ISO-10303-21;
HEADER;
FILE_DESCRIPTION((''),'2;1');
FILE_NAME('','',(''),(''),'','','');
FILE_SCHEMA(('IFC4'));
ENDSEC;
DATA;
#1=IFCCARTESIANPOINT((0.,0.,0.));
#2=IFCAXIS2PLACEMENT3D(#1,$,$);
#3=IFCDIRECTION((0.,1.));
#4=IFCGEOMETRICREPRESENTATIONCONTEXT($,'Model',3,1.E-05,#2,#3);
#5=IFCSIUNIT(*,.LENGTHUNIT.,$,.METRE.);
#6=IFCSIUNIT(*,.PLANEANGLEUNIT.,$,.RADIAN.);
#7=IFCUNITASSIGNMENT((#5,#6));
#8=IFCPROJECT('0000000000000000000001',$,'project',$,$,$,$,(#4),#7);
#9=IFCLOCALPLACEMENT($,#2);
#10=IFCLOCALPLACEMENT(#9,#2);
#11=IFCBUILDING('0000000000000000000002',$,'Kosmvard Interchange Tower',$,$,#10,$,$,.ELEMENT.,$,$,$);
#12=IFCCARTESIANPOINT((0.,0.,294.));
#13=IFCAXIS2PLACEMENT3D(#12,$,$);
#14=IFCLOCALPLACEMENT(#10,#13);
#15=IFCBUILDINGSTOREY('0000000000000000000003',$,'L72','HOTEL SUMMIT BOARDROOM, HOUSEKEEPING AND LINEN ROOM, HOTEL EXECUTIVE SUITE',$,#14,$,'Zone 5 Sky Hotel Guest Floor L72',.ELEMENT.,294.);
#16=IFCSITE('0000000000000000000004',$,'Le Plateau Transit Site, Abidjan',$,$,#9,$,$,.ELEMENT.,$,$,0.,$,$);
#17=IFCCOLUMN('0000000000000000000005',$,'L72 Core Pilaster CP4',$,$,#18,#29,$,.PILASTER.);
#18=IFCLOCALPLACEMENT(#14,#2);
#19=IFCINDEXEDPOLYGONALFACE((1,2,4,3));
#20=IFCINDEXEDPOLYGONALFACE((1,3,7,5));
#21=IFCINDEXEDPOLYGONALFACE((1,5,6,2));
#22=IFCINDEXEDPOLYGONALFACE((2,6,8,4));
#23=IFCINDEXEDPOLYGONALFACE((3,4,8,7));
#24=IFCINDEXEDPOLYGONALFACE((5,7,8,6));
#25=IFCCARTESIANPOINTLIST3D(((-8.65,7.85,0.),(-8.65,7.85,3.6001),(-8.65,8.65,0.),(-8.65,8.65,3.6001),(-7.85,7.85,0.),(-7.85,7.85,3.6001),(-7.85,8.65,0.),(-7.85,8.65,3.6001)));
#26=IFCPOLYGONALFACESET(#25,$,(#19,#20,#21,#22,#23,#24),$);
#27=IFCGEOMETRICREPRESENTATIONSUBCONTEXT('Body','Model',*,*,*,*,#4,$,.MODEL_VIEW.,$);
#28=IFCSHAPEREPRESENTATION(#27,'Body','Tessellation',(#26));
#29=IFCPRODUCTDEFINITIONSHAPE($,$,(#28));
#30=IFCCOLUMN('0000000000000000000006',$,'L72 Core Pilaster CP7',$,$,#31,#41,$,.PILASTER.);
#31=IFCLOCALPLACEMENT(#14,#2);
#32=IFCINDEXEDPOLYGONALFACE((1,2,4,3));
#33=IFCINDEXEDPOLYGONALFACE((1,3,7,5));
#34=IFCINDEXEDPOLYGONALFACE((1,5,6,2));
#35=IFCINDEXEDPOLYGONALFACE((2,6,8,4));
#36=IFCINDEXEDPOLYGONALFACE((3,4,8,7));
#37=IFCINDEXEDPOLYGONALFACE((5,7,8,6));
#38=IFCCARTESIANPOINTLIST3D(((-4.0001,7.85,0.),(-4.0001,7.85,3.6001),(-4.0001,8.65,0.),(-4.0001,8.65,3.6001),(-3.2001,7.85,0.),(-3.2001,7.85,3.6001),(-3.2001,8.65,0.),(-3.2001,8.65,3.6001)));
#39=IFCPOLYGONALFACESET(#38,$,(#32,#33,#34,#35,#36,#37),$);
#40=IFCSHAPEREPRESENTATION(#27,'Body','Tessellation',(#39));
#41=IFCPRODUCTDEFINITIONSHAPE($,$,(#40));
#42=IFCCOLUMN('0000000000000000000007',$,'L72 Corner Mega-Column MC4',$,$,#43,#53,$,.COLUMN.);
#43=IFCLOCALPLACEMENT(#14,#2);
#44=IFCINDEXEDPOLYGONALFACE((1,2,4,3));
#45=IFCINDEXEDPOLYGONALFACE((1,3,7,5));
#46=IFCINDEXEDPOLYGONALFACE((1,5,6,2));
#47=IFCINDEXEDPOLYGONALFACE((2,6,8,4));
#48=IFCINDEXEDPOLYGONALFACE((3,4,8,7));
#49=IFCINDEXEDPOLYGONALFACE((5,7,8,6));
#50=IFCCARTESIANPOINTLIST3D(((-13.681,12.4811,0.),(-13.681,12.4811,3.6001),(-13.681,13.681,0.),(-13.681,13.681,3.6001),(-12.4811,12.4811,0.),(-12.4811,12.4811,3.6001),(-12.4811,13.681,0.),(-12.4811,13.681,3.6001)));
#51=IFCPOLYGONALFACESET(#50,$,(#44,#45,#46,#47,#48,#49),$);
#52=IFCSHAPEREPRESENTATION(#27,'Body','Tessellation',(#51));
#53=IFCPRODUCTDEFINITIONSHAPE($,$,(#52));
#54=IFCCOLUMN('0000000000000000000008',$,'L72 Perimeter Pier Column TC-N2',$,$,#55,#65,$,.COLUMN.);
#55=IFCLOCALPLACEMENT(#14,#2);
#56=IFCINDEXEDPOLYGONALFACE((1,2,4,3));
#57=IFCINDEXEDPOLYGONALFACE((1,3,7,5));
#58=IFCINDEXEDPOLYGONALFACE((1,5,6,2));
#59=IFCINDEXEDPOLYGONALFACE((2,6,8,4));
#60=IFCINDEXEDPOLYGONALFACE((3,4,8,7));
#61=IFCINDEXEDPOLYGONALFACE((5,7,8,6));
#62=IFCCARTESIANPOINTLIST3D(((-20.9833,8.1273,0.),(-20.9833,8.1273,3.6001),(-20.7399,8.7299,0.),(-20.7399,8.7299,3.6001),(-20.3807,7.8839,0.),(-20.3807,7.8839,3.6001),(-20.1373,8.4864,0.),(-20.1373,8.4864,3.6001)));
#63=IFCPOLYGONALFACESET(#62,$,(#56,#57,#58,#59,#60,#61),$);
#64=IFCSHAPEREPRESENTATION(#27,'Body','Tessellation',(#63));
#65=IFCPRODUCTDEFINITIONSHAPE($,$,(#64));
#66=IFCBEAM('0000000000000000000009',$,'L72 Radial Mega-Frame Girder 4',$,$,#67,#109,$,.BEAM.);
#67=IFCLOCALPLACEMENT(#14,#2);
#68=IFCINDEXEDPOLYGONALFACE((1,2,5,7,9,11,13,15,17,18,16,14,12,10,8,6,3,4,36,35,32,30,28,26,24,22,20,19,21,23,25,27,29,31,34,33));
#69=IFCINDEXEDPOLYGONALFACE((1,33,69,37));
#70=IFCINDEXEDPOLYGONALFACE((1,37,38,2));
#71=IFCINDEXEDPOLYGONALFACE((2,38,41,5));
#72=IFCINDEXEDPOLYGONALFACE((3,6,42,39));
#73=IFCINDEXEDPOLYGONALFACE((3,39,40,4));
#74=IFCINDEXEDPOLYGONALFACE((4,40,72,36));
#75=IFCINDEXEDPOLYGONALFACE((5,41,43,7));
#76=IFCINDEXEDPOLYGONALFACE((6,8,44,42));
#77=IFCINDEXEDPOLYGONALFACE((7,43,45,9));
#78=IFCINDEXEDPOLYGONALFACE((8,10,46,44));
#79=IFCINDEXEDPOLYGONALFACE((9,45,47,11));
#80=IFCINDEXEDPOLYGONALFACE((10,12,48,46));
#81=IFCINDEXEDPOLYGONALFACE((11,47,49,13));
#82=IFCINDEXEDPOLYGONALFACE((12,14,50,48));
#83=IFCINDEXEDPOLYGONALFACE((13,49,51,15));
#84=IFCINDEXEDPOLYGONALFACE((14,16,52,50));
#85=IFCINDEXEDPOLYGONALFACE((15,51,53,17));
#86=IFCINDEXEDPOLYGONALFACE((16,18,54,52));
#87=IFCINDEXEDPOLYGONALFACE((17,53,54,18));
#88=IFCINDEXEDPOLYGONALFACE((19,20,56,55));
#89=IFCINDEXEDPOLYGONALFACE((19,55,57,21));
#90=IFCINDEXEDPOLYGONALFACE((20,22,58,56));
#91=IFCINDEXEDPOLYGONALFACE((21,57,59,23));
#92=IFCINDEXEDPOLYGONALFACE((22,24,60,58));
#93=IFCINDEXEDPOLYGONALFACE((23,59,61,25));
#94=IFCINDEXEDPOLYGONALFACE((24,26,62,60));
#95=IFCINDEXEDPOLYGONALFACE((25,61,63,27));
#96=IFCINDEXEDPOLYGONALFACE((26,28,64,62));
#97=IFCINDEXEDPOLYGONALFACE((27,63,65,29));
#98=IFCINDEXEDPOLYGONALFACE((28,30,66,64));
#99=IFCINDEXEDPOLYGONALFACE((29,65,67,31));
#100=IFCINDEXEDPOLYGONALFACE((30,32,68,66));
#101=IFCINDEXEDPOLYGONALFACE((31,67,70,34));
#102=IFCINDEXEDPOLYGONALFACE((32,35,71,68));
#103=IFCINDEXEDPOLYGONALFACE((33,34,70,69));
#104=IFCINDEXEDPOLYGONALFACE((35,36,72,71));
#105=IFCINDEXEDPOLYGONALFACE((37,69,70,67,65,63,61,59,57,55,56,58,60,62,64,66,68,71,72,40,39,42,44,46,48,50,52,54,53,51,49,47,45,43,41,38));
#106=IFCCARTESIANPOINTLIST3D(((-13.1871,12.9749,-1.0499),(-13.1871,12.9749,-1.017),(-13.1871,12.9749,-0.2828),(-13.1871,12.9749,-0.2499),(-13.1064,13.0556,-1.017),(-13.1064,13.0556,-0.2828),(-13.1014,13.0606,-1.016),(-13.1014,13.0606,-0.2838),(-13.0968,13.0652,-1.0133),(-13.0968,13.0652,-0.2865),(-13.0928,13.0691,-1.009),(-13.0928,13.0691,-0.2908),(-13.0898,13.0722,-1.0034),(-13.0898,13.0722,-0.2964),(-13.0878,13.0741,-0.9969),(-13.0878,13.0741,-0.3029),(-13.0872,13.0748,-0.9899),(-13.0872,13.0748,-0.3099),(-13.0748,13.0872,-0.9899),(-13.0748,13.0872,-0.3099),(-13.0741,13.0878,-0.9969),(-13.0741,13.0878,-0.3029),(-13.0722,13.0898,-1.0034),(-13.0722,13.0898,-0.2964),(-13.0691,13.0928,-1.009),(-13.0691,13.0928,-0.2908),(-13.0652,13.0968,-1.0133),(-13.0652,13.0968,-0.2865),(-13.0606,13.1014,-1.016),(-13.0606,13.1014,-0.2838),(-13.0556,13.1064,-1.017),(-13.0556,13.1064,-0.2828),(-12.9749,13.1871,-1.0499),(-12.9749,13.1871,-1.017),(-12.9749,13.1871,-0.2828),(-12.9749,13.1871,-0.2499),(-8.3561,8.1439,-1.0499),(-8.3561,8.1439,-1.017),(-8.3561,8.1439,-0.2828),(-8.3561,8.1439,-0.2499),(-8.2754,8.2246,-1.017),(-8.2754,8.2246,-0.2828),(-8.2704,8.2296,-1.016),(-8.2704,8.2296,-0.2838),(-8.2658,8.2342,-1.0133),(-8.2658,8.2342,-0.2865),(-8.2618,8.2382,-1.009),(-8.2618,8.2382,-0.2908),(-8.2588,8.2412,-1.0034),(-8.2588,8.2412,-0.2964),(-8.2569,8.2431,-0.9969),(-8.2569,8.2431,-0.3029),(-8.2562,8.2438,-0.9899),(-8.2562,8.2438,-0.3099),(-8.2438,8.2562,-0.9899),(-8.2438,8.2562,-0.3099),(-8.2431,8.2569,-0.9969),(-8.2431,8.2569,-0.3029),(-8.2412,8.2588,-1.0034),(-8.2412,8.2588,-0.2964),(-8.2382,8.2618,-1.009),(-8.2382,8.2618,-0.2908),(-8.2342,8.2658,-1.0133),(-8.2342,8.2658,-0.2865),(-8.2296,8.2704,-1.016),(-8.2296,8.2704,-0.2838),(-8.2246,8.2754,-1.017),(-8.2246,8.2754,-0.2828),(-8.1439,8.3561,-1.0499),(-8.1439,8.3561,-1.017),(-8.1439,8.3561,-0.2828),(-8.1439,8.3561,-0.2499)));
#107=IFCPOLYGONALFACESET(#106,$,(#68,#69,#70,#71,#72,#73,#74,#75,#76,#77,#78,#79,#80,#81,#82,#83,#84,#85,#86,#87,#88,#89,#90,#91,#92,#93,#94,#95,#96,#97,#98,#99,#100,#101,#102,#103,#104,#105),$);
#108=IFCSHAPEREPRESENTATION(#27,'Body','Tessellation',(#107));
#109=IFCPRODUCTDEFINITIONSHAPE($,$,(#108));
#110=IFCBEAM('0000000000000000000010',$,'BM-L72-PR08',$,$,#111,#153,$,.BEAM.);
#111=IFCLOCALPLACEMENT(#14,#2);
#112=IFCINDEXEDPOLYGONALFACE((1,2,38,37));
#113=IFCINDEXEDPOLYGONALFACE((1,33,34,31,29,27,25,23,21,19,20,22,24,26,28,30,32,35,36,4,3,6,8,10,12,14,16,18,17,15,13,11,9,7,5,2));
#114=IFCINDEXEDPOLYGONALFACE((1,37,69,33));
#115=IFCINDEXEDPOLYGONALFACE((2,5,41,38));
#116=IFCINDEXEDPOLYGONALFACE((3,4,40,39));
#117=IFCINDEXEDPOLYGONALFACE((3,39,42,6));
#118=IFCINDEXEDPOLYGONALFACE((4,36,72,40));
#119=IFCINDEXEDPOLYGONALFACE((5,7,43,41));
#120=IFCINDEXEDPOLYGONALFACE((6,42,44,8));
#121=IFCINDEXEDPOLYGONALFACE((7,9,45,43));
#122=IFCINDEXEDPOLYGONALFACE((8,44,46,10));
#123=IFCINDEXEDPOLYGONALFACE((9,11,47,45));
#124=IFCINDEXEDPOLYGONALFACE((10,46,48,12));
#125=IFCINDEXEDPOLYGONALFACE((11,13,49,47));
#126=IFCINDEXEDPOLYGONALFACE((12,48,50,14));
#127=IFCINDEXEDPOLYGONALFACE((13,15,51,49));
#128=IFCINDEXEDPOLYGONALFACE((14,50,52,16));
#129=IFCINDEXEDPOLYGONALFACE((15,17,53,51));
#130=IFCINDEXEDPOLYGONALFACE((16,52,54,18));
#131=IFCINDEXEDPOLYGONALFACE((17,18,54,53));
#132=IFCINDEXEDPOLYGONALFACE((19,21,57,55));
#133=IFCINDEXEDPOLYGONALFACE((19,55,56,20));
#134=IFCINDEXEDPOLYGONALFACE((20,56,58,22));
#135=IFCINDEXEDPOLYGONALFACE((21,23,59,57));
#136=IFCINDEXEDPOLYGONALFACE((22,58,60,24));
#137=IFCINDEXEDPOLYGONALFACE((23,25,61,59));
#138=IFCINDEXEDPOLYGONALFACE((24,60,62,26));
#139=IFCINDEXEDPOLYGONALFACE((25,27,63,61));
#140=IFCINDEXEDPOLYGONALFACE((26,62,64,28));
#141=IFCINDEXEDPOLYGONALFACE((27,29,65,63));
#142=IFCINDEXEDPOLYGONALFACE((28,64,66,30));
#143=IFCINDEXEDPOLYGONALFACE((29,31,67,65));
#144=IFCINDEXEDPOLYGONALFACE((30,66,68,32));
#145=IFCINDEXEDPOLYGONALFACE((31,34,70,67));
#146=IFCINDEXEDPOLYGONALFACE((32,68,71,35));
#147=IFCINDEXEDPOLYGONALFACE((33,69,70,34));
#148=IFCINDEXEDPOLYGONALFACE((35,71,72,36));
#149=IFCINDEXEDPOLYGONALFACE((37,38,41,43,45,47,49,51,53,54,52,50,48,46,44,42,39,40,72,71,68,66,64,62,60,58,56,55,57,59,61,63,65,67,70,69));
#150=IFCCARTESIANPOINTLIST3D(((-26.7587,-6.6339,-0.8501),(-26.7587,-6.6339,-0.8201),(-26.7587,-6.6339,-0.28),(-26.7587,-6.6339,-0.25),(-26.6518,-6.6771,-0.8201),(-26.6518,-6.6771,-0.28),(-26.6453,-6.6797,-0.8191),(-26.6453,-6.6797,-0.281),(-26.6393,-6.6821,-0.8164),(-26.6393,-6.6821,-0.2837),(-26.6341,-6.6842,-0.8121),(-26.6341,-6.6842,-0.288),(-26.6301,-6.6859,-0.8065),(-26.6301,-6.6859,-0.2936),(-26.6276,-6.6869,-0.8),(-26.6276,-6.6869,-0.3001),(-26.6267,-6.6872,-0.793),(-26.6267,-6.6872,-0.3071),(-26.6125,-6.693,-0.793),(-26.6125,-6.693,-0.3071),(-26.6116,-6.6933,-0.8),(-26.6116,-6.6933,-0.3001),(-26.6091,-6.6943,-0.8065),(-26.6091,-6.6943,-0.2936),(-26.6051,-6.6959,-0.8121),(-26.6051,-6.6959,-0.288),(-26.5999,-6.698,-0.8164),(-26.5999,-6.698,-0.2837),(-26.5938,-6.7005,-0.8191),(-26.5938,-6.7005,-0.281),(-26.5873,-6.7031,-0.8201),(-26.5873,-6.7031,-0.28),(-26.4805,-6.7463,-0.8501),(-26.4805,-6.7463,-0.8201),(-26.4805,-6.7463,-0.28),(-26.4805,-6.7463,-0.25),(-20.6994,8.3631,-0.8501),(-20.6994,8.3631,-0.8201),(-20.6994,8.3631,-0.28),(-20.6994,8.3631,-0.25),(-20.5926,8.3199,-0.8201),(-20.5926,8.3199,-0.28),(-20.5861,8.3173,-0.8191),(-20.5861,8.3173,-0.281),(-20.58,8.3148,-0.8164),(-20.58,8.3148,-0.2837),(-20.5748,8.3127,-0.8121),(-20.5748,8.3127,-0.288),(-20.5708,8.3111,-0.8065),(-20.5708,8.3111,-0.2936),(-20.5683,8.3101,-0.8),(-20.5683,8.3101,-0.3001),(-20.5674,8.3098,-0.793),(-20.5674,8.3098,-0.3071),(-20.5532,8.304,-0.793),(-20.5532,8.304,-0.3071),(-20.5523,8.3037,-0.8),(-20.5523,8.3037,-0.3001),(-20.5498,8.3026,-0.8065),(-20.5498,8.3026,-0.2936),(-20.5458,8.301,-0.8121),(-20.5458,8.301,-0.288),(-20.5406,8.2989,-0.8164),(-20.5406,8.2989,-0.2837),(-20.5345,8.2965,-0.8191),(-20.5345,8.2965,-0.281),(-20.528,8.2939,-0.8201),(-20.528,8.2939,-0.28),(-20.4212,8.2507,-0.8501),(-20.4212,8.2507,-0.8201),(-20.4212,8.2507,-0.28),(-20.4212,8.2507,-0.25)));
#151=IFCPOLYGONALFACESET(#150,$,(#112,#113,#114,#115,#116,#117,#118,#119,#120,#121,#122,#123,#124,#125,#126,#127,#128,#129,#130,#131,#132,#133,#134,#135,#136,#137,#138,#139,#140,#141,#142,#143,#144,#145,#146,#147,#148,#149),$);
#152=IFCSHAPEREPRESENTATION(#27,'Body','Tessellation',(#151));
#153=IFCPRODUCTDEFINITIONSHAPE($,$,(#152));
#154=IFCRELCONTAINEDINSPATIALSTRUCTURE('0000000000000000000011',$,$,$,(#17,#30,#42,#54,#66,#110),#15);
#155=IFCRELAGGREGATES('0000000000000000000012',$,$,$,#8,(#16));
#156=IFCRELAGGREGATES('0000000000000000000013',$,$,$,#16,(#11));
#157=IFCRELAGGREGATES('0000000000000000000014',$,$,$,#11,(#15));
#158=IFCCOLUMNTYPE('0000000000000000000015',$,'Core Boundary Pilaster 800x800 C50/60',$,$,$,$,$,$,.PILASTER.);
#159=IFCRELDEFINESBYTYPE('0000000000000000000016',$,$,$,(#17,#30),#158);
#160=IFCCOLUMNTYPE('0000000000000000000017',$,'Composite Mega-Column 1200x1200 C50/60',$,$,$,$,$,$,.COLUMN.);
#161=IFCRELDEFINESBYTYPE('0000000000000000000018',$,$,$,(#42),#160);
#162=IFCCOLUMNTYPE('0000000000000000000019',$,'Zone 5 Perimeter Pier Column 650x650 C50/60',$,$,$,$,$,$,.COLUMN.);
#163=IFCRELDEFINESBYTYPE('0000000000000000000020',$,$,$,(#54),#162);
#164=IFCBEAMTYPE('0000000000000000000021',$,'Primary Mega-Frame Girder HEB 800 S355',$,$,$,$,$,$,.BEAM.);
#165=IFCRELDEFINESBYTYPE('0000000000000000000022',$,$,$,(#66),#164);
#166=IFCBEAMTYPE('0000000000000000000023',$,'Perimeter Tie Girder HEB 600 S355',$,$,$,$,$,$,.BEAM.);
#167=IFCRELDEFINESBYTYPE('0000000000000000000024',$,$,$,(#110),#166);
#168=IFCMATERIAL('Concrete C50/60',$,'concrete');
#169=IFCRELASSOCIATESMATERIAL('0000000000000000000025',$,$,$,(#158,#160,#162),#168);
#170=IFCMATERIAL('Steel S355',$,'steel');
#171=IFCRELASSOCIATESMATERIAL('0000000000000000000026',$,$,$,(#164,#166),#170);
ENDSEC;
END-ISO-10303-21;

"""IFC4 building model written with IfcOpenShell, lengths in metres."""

from ifc_helpers import new_model, si_unit, direction, frame, origin, origin_2d, place, context, subcontext, project, spatial, rectangle, i_section, extrude, source, transform, mapped, material, material_profile, profile_set, type_object, element, save


model = new_model("IFC4")

# Units and contexts
model_context = context("Model", 3, precision=1e-05, world=origin(), true_north=direction((0.0, 1.0)))
body_context = subcontext(model_context, "Body", "Model", "MODEL_VIEW")
ifc_project = project(units=[si_unit("LENGTHUNIT", "METRE"), si_unit("PLANEANGLEUNIT", "RADIAN")], contexts=[model_context])

# Site, building, storey
site_placement = place(None, origin())
site = spatial("IfcSite", under=ifc_project, at=site_placement, Name="Le Plateau Transit Site, Abidjan", CompositionType="ELEMENT", RefElevation=0.0)
building_placement = place(site_placement, origin())
building = spatial("IfcBuilding", under=site, at=building_placement, Name="Kosmvard Interchange Tower", CompositionType="ELEMENT")
storey_placement = place(building_placement, frame((0.0, 0.0, 294.0)))
storey = spatial("IfcBuildingStorey", under=building, at=storey_placement, Name="L72", Description="HOTEL SUMMIT BOARDROOM, HOUSEKEEPING AND LINEN ROOM, HOTEL EXECUTIVE SUITE", LongName="Zone 5 Sky Hotel Guest Floor L72", CompositionType="ELEMENT", Elevation=294.0)

# Columns
ifc_material_1 = material(Name="Concrete C50/60", Category="concrete")
ifc_material_profile_1 = material_profile(ifc_material_1, rectangle(XDim=0.8, YDim=0.8, at=origin_2d()), Name="CP 800x800")
ifc_profile_set_1 = profile_set([ifc_material_profile_1], Name="Concrete C50/60")
column_type_1 = type_object("IfcColumnType", Name="Core Boundary Pilaster 800x800 C50/60", PredefinedType="PILASTER", material=ifc_profile_set_1)
shared_shape_1 = source(origin(), body_context, "Body", "SweptSolid", [
    extrude(rectangle(XDim=0.8, YDim=0.8, at=origin_2d()), origin(), (0.0, 0.0, 1.0), 3.6001),
])
for number, where, z_axis, x_axis, name in (
    (1, (-8.25, 8.25, 0.0), (0.0, 0.0, 1.0), (1.0, 0.0, 0.0), "L72 Core Pilaster CP4"),
    (2, (-3.6001, 8.25, 0.0), (0.0, 0.0, 1.0), (1.0, 0.0, 0.0), "L72 Core Pilaster CP7"),
):
    element("IfcColumn", number, at=place(storey_placement, frame(where, z_axis=z_axis, x_axis=x_axis)), inside=storey, type_object=column_type_1, Name=name, PredefinedType="PILASTER", context=body_context, shape_type="MappedRepresentation", body=[
        mapped(shared_shape_1, transform((0.0, 0.0, 0.0), scale=1.0)),
    ])
ifc_material_profile_2 = material_profile(ifc_material_1, rectangle(XDim=1.2, YDim=1.2, at=origin_2d()), Name="MC 1200x1200")
ifc_profile_set_2 = profile_set([ifc_material_profile_2], Name="Concrete C50/60")
column_type_2 = type_object("IfcColumnType", Name="Composite Mega-Column 1200x1200 C50/60", PredefinedType="COLUMN", material=ifc_profile_set_2)
shared_shape_2 = source(origin(), body_context, "Body", "SweptSolid", [
    extrude(rectangle(XDim=1.2, YDim=1.2, at=origin_2d()), origin(), (0.0, 0.0, 1.0), 3.6001),
])
column_1_placement = place(storey_placement, frame((-13.0811, 13.0811, 0.0), z_axis=(0.0, 0.0, 1.0), x_axis=(1.0, 0.0, 0.0)))
element("IfcColumn", 3, at=column_1_placement, inside=storey, type_object=column_type_2, Name="L72 Corner Mega-Column MC4", PredefinedType="COLUMN", context=body_context, shape_type="MappedRepresentation", body=[
    mapped(shared_shape_2, transform((0.0, 0.0, 0.0), scale=1.0)),
])
ifc_material_profile_3 = material_profile(ifc_material_1, rectangle(XDim=0.6499, YDim=0.6499, at=origin_2d()), Name="TC 650x650")
ifc_profile_set_3 = profile_set([ifc_material_profile_3], Name="Concrete C50/60")
column_type_3 = type_object("IfcColumnType", Name="Zone 5 Perimeter Pier Column 650x650 C50/60", PredefinedType="COLUMN", material=ifc_profile_set_3)
shared_shape_3 = source(origin(), body_context, "Body", "SweptSolid", [
    extrude(rectangle(XDim=0.6499, YDim=0.6499, at=origin_2d()), origin(), (0.0, 0.0, 1.0), 3.6001),
])
column_2_placement = place(storey_placement, frame((-20.5603, 8.3069, 0.0), z_axis=(0.0, 0.0, 1.0), x_axis=(0.374607, 0.927184, 0.0)))
element("IfcColumn", 4, at=column_2_placement, inside=storey, type_object=column_type_3, Name="L72 Perimeter Pier Column TC-N2", PredefinedType="COLUMN", context=body_context, shape_type="MappedRepresentation", body=[
    mapped(shared_shape_3, transform((0.0, 0.0, 0.0), scale=1.0)),
])

# Beams
ifc_material_2 = material(Name="Steel S355", Category="steel")
ifc_material_profile_4 = material_profile(ifc_material_2, i_section(OverallWidth=0.3, OverallDepth=0.8, WebThickness=0.0176, FlangeThickness=0.033, FilletRadius=0.0271, at=origin_2d()), Name="HEB 800")
ifc_profile_set_4 = profile_set([ifc_material_profile_4], Name="Steel S355")
beam_type_1 = type_object("IfcBeamType", Name="Primary Mega-Frame Girder HEB 800 S355", PredefinedType="BEAM", material=ifc_profile_set_4)
shared_shape_4 = source(origin(), body_context, "Body", "SweptSolid", [
    extrude(i_section(OverallWidth=0.3, OverallDepth=0.8, WebThickness=0.0176, FlangeThickness=0.033, FilletRadius=0.0271, at=origin_2d()), origin(), (0.0, 0.0, 1.0), 6.832),
])
beam_1_placement = place(storey_placement, frame((-8.25, 8.25, -0.6499), z_axis=(-0.707107, 0.707107, 0.0), x_axis=(-0.707107, -0.707107, 0.0)))
element("IfcBeam", 5, at=beam_1_placement, inside=storey, type_object=beam_type_1, Name="L72 Radial Mega-Frame Girder 4", PredefinedType="BEAM", context=body_context, shape_type="MappedRepresentation", body=[
    mapped(shared_shape_4, transform((0.0, 0.0, 0.0), scale=1.0)),
])
ifc_material_profile_5 = material_profile(ifc_material_2, i_section(OverallWidth=0.3, OverallDepth=0.6001, WebThickness=0.0154, FlangeThickness=0.03, FilletRadius=0.0271, at=origin_2d()), Name="HEB 600")
ifc_profile_set_5 = profile_set([ifc_material_profile_5], Name="Steel S355")
beam_type_2 = type_object("IfcBeamType", Name="Perimeter Tie Girder HEB 600 S355", PredefinedType="BEAM", material=ifc_profile_set_5)
shared_shape_5 = source(origin(), body_context, "Body", "SweptSolid", [
    extrude(i_section(OverallWidth=0.3, OverallDepth=0.6001, WebThickness=0.0154, FlangeThickness=0.03, FilletRadius=0.0271, at=origin_2d()), origin(), (0.0, 0.0, 1.0), 16.1748),
])
beam_2_placement = place(storey_placement, frame((-20.5603, 8.3069, -0.55), z_axis=(-0.374613, -0.927181, 0.0), x_axis=(0.927181, -0.374613, 0.0)))
element("IfcBeam", 6, at=beam_2_placement, inside=storey, type_object=beam_type_2, Name="BM-L72-PR08", PredefinedType="BEAM", context=body_context, shape_type="MappedRepresentation", body=[
    mapped(shared_shape_5, transform((0.0, 0.0, 0.0), scale=1.0)),
])

save(model, "model.ifc")
